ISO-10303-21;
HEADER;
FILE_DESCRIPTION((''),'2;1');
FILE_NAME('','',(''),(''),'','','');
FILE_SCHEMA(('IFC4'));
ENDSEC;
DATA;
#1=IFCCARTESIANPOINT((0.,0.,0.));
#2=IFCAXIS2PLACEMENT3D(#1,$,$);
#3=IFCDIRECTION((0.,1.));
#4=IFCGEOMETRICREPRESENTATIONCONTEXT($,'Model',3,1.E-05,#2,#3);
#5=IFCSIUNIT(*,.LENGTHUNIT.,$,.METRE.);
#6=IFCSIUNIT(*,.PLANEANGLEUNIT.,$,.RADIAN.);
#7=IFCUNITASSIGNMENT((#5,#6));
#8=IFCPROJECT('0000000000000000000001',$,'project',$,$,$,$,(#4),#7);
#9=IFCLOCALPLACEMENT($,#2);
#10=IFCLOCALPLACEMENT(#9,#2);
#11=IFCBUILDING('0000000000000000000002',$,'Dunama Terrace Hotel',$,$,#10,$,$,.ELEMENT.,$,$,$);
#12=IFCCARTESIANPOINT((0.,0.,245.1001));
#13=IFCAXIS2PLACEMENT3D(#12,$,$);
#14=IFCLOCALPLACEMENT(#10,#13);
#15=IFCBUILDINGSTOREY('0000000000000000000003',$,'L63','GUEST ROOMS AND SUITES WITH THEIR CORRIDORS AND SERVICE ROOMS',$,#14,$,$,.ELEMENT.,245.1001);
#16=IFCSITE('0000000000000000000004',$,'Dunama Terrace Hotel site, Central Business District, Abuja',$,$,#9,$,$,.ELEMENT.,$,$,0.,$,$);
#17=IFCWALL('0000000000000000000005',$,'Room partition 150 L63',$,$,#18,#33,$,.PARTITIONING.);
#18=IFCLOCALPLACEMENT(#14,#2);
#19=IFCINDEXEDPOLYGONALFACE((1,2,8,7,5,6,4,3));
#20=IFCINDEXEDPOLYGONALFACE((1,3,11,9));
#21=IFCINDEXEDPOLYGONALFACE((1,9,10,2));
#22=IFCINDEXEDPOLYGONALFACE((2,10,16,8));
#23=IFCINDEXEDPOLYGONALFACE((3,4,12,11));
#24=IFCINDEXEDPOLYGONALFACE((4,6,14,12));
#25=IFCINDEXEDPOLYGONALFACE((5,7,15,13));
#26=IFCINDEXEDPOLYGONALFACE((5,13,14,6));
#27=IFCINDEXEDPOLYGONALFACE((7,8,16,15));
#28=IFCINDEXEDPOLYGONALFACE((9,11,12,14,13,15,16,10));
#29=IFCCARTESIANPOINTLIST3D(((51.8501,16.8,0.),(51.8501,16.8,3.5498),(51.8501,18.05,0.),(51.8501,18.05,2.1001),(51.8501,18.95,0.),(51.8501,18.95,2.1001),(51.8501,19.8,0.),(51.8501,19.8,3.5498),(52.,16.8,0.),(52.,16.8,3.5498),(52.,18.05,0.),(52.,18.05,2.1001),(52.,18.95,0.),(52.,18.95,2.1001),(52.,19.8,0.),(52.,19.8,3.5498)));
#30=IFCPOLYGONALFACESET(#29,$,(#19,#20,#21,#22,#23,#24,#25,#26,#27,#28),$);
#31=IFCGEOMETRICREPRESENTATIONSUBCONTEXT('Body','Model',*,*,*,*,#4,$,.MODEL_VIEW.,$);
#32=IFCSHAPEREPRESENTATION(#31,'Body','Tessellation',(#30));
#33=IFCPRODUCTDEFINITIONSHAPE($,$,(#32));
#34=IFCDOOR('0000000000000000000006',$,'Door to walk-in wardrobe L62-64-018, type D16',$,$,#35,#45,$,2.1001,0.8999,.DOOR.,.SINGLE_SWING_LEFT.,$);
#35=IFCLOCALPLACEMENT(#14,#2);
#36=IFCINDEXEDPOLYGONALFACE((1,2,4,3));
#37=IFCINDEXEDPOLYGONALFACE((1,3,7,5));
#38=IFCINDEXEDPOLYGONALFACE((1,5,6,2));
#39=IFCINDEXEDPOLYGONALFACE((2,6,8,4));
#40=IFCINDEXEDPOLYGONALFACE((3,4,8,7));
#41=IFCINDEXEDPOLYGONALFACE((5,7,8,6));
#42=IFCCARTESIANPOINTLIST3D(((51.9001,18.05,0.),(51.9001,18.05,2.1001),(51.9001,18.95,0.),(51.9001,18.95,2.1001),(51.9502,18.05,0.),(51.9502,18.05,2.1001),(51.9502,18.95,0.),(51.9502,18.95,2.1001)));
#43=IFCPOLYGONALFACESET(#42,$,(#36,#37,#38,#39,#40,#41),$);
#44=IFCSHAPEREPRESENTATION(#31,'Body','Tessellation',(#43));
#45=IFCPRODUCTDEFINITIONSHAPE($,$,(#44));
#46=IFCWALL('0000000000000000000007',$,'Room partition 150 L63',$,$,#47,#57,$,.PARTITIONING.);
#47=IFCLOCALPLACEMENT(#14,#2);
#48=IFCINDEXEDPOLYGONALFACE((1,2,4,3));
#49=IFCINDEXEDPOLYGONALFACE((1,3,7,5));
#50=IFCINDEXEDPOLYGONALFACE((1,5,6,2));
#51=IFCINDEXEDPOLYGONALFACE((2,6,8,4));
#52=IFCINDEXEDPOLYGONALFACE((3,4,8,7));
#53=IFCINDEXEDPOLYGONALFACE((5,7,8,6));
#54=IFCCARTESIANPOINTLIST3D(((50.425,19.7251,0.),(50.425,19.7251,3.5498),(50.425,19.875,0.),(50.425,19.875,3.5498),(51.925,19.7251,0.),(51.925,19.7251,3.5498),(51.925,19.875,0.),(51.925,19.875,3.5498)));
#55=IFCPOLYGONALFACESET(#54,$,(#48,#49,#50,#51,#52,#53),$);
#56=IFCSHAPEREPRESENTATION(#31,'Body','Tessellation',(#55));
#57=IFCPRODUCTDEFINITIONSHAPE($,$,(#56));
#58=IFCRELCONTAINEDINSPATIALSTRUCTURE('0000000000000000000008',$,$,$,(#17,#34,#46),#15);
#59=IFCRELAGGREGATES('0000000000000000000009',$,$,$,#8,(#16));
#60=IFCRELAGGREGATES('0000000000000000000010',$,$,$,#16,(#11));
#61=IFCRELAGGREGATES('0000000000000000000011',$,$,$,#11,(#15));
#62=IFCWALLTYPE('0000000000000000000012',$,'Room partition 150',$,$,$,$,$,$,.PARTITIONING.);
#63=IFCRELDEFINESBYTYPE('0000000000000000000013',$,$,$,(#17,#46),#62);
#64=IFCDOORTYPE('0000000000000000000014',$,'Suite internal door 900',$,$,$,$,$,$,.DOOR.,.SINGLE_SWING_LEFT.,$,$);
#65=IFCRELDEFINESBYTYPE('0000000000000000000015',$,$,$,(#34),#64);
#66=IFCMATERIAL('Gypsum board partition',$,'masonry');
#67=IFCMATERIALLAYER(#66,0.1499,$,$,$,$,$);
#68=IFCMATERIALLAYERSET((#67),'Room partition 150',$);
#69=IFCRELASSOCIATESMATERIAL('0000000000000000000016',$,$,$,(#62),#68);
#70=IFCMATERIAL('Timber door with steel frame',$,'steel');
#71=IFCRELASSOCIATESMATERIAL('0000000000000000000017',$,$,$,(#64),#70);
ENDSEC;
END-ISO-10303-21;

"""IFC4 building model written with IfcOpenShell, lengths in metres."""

from ifc_helpers import new_model, si_unit, direction, frame, frame_2d, origin, place, context, subcontext, project, spatial, rectangle, extrude, material, layer, layer_set, type_object, element, fill, save


model = new_model("IFC4")

# Units and contexts
model_context = context("Model", 3, precision=1e-05, world=origin(), true_north=direction((0.0, 1.0)))
body_context = subcontext(model_context, "Body", "Model", "MODEL_VIEW")
ifc_project = project(units=[si_unit("LENGTHUNIT", "METRE"), si_unit("PLANEANGLEUNIT", "RADIAN")], contexts=[model_context])

# Site, building, storey
site_placement = place(None, origin())
site = spatial("IfcSite", under=ifc_project, at=site_placement, Name="Dunama Terrace Hotel site, Central Business District, Abuja", CompositionType="ELEMENT", RefElevation=0.0)
building_placement = place(site_placement, origin())
building = spatial("IfcBuilding", under=site, at=building_placement, Name="Dunama Terrace Hotel", CompositionType="ELEMENT")
storey_placement = place(building_placement, frame((0.0, 0.0, 245.1001)))
storey = spatial("IfcBuildingStorey", under=building, at=storey_placement, Name="L63", Description="GUEST ROOMS AND SUITES WITH THEIR CORRIDORS AND SERVICE ROOMS", CompositionType="ELEMENT", Elevation=245.1001)

# Shared definitions
ifc_material_1 = material(Name="Gypsum board partition", Category="masonry")
ifc_layer_1 = layer(ifc_material_1, 0.1499)
ifc_layer_set_1 = layer_set([ifc_layer_1], Name="Room partition 150")
wall_type_1 = type_object("IfcWallType", Name="Room partition 150", PredefinedType="PARTITIONING", material=ifc_layer_set_1)

# Wall, opening, door
wall_1_placement = place(storey_placement, frame((51.925, 16.8, 0.0), z_axis=(0.0, 0.0, 1.0), x_axis=(0.0, 1.0, 0.0)))
wall_1 = element("IfcWall", 1, at=wall_1_placement, inside=storey, type_object=wall_type_1, Name="Room partition 150 L63", PredefinedType="PARTITIONING", context=body_context, shape_type="SweptSolid", body=[
    extrude(rectangle(XDim=3.0, YDim=0.1499, at=frame_2d((1.5, 0.0))), origin(), (0.0, 0.0, 1.0), 3.5498),
])
opening_1_placement = place(wall_1_placement, frame((1.25, 0.0, 0.0)))
opening_1 = element("IfcOpeningElement", 2, at=opening_1_placement, cuts=wall_1, PredefinedType="OPENING", context=body_context, shape_type="SweptSolid", body=[
    extrude(rectangle(XDim=0.8999, YDim=2.1001, at=frame_2d((0.45, 1.05))), frame((0.0, 0.085, 0.0), z_axis=(0.0, -1.0, 0.0), x_axis=(1.0, 0.0, 0.0)), (0.0, 0.0, 1.0), 0.1699),
])
ifc_material_2 = material(Name="Timber door with steel frame", Category="steel")
door_type_1 = type_object("IfcDoorType", Name="Suite internal door 900", OperationType="SINGLE_SWING_LEFT", PredefinedType="DOOR", material=ifc_material_2)
door_1_placement = place(opening_1_placement, origin())
door_1 = element("IfcDoor", 3, at=door_1_placement, inside=storey, type_object=door_type_1, Name="Door to walk-in wardrobe L62-64-018, type D16", OperationType="SINGLE_SWING_LEFT", OverallHeight=2.1001, OverallWidth=0.8999, PredefinedType="DOOR", context=body_context, shape_type="SweptSolid", body=[
    extrude(rectangle(XDim=0.8999, YDim=2.1001, at=frame_2d((0.45, 1.05))), frame((0.0, 0.0249, 0.0), z_axis=(0.0, -1.0, 0.0), x_axis=(1.0, 0.0, 0.0)), (0.0, 0.0, 1.0), 0.05),
])
fill(opening_1, door_1)

# Wall
wall_2_placement = place(storey_placement, frame((50.425, 19.8, 0.0), z_axis=(0.0, 0.0, 1.0), x_axis=(1.0, 0.0, 0.0)))
element("IfcWall", 4, at=wall_2_placement, inside=storey, type_object=wall_type_1, Name="Room partition 150 L63", PredefinedType="PARTITIONING", context=body_context, shape_type="SweptSolid", body=[
    extrude(rectangle(XDim=1.5, YDim=0.1499, at=frame_2d((0.75, 0.0))), origin(), (0.0, 0.0, 1.0), 3.5498),
])

save(model, "model.ifc")
